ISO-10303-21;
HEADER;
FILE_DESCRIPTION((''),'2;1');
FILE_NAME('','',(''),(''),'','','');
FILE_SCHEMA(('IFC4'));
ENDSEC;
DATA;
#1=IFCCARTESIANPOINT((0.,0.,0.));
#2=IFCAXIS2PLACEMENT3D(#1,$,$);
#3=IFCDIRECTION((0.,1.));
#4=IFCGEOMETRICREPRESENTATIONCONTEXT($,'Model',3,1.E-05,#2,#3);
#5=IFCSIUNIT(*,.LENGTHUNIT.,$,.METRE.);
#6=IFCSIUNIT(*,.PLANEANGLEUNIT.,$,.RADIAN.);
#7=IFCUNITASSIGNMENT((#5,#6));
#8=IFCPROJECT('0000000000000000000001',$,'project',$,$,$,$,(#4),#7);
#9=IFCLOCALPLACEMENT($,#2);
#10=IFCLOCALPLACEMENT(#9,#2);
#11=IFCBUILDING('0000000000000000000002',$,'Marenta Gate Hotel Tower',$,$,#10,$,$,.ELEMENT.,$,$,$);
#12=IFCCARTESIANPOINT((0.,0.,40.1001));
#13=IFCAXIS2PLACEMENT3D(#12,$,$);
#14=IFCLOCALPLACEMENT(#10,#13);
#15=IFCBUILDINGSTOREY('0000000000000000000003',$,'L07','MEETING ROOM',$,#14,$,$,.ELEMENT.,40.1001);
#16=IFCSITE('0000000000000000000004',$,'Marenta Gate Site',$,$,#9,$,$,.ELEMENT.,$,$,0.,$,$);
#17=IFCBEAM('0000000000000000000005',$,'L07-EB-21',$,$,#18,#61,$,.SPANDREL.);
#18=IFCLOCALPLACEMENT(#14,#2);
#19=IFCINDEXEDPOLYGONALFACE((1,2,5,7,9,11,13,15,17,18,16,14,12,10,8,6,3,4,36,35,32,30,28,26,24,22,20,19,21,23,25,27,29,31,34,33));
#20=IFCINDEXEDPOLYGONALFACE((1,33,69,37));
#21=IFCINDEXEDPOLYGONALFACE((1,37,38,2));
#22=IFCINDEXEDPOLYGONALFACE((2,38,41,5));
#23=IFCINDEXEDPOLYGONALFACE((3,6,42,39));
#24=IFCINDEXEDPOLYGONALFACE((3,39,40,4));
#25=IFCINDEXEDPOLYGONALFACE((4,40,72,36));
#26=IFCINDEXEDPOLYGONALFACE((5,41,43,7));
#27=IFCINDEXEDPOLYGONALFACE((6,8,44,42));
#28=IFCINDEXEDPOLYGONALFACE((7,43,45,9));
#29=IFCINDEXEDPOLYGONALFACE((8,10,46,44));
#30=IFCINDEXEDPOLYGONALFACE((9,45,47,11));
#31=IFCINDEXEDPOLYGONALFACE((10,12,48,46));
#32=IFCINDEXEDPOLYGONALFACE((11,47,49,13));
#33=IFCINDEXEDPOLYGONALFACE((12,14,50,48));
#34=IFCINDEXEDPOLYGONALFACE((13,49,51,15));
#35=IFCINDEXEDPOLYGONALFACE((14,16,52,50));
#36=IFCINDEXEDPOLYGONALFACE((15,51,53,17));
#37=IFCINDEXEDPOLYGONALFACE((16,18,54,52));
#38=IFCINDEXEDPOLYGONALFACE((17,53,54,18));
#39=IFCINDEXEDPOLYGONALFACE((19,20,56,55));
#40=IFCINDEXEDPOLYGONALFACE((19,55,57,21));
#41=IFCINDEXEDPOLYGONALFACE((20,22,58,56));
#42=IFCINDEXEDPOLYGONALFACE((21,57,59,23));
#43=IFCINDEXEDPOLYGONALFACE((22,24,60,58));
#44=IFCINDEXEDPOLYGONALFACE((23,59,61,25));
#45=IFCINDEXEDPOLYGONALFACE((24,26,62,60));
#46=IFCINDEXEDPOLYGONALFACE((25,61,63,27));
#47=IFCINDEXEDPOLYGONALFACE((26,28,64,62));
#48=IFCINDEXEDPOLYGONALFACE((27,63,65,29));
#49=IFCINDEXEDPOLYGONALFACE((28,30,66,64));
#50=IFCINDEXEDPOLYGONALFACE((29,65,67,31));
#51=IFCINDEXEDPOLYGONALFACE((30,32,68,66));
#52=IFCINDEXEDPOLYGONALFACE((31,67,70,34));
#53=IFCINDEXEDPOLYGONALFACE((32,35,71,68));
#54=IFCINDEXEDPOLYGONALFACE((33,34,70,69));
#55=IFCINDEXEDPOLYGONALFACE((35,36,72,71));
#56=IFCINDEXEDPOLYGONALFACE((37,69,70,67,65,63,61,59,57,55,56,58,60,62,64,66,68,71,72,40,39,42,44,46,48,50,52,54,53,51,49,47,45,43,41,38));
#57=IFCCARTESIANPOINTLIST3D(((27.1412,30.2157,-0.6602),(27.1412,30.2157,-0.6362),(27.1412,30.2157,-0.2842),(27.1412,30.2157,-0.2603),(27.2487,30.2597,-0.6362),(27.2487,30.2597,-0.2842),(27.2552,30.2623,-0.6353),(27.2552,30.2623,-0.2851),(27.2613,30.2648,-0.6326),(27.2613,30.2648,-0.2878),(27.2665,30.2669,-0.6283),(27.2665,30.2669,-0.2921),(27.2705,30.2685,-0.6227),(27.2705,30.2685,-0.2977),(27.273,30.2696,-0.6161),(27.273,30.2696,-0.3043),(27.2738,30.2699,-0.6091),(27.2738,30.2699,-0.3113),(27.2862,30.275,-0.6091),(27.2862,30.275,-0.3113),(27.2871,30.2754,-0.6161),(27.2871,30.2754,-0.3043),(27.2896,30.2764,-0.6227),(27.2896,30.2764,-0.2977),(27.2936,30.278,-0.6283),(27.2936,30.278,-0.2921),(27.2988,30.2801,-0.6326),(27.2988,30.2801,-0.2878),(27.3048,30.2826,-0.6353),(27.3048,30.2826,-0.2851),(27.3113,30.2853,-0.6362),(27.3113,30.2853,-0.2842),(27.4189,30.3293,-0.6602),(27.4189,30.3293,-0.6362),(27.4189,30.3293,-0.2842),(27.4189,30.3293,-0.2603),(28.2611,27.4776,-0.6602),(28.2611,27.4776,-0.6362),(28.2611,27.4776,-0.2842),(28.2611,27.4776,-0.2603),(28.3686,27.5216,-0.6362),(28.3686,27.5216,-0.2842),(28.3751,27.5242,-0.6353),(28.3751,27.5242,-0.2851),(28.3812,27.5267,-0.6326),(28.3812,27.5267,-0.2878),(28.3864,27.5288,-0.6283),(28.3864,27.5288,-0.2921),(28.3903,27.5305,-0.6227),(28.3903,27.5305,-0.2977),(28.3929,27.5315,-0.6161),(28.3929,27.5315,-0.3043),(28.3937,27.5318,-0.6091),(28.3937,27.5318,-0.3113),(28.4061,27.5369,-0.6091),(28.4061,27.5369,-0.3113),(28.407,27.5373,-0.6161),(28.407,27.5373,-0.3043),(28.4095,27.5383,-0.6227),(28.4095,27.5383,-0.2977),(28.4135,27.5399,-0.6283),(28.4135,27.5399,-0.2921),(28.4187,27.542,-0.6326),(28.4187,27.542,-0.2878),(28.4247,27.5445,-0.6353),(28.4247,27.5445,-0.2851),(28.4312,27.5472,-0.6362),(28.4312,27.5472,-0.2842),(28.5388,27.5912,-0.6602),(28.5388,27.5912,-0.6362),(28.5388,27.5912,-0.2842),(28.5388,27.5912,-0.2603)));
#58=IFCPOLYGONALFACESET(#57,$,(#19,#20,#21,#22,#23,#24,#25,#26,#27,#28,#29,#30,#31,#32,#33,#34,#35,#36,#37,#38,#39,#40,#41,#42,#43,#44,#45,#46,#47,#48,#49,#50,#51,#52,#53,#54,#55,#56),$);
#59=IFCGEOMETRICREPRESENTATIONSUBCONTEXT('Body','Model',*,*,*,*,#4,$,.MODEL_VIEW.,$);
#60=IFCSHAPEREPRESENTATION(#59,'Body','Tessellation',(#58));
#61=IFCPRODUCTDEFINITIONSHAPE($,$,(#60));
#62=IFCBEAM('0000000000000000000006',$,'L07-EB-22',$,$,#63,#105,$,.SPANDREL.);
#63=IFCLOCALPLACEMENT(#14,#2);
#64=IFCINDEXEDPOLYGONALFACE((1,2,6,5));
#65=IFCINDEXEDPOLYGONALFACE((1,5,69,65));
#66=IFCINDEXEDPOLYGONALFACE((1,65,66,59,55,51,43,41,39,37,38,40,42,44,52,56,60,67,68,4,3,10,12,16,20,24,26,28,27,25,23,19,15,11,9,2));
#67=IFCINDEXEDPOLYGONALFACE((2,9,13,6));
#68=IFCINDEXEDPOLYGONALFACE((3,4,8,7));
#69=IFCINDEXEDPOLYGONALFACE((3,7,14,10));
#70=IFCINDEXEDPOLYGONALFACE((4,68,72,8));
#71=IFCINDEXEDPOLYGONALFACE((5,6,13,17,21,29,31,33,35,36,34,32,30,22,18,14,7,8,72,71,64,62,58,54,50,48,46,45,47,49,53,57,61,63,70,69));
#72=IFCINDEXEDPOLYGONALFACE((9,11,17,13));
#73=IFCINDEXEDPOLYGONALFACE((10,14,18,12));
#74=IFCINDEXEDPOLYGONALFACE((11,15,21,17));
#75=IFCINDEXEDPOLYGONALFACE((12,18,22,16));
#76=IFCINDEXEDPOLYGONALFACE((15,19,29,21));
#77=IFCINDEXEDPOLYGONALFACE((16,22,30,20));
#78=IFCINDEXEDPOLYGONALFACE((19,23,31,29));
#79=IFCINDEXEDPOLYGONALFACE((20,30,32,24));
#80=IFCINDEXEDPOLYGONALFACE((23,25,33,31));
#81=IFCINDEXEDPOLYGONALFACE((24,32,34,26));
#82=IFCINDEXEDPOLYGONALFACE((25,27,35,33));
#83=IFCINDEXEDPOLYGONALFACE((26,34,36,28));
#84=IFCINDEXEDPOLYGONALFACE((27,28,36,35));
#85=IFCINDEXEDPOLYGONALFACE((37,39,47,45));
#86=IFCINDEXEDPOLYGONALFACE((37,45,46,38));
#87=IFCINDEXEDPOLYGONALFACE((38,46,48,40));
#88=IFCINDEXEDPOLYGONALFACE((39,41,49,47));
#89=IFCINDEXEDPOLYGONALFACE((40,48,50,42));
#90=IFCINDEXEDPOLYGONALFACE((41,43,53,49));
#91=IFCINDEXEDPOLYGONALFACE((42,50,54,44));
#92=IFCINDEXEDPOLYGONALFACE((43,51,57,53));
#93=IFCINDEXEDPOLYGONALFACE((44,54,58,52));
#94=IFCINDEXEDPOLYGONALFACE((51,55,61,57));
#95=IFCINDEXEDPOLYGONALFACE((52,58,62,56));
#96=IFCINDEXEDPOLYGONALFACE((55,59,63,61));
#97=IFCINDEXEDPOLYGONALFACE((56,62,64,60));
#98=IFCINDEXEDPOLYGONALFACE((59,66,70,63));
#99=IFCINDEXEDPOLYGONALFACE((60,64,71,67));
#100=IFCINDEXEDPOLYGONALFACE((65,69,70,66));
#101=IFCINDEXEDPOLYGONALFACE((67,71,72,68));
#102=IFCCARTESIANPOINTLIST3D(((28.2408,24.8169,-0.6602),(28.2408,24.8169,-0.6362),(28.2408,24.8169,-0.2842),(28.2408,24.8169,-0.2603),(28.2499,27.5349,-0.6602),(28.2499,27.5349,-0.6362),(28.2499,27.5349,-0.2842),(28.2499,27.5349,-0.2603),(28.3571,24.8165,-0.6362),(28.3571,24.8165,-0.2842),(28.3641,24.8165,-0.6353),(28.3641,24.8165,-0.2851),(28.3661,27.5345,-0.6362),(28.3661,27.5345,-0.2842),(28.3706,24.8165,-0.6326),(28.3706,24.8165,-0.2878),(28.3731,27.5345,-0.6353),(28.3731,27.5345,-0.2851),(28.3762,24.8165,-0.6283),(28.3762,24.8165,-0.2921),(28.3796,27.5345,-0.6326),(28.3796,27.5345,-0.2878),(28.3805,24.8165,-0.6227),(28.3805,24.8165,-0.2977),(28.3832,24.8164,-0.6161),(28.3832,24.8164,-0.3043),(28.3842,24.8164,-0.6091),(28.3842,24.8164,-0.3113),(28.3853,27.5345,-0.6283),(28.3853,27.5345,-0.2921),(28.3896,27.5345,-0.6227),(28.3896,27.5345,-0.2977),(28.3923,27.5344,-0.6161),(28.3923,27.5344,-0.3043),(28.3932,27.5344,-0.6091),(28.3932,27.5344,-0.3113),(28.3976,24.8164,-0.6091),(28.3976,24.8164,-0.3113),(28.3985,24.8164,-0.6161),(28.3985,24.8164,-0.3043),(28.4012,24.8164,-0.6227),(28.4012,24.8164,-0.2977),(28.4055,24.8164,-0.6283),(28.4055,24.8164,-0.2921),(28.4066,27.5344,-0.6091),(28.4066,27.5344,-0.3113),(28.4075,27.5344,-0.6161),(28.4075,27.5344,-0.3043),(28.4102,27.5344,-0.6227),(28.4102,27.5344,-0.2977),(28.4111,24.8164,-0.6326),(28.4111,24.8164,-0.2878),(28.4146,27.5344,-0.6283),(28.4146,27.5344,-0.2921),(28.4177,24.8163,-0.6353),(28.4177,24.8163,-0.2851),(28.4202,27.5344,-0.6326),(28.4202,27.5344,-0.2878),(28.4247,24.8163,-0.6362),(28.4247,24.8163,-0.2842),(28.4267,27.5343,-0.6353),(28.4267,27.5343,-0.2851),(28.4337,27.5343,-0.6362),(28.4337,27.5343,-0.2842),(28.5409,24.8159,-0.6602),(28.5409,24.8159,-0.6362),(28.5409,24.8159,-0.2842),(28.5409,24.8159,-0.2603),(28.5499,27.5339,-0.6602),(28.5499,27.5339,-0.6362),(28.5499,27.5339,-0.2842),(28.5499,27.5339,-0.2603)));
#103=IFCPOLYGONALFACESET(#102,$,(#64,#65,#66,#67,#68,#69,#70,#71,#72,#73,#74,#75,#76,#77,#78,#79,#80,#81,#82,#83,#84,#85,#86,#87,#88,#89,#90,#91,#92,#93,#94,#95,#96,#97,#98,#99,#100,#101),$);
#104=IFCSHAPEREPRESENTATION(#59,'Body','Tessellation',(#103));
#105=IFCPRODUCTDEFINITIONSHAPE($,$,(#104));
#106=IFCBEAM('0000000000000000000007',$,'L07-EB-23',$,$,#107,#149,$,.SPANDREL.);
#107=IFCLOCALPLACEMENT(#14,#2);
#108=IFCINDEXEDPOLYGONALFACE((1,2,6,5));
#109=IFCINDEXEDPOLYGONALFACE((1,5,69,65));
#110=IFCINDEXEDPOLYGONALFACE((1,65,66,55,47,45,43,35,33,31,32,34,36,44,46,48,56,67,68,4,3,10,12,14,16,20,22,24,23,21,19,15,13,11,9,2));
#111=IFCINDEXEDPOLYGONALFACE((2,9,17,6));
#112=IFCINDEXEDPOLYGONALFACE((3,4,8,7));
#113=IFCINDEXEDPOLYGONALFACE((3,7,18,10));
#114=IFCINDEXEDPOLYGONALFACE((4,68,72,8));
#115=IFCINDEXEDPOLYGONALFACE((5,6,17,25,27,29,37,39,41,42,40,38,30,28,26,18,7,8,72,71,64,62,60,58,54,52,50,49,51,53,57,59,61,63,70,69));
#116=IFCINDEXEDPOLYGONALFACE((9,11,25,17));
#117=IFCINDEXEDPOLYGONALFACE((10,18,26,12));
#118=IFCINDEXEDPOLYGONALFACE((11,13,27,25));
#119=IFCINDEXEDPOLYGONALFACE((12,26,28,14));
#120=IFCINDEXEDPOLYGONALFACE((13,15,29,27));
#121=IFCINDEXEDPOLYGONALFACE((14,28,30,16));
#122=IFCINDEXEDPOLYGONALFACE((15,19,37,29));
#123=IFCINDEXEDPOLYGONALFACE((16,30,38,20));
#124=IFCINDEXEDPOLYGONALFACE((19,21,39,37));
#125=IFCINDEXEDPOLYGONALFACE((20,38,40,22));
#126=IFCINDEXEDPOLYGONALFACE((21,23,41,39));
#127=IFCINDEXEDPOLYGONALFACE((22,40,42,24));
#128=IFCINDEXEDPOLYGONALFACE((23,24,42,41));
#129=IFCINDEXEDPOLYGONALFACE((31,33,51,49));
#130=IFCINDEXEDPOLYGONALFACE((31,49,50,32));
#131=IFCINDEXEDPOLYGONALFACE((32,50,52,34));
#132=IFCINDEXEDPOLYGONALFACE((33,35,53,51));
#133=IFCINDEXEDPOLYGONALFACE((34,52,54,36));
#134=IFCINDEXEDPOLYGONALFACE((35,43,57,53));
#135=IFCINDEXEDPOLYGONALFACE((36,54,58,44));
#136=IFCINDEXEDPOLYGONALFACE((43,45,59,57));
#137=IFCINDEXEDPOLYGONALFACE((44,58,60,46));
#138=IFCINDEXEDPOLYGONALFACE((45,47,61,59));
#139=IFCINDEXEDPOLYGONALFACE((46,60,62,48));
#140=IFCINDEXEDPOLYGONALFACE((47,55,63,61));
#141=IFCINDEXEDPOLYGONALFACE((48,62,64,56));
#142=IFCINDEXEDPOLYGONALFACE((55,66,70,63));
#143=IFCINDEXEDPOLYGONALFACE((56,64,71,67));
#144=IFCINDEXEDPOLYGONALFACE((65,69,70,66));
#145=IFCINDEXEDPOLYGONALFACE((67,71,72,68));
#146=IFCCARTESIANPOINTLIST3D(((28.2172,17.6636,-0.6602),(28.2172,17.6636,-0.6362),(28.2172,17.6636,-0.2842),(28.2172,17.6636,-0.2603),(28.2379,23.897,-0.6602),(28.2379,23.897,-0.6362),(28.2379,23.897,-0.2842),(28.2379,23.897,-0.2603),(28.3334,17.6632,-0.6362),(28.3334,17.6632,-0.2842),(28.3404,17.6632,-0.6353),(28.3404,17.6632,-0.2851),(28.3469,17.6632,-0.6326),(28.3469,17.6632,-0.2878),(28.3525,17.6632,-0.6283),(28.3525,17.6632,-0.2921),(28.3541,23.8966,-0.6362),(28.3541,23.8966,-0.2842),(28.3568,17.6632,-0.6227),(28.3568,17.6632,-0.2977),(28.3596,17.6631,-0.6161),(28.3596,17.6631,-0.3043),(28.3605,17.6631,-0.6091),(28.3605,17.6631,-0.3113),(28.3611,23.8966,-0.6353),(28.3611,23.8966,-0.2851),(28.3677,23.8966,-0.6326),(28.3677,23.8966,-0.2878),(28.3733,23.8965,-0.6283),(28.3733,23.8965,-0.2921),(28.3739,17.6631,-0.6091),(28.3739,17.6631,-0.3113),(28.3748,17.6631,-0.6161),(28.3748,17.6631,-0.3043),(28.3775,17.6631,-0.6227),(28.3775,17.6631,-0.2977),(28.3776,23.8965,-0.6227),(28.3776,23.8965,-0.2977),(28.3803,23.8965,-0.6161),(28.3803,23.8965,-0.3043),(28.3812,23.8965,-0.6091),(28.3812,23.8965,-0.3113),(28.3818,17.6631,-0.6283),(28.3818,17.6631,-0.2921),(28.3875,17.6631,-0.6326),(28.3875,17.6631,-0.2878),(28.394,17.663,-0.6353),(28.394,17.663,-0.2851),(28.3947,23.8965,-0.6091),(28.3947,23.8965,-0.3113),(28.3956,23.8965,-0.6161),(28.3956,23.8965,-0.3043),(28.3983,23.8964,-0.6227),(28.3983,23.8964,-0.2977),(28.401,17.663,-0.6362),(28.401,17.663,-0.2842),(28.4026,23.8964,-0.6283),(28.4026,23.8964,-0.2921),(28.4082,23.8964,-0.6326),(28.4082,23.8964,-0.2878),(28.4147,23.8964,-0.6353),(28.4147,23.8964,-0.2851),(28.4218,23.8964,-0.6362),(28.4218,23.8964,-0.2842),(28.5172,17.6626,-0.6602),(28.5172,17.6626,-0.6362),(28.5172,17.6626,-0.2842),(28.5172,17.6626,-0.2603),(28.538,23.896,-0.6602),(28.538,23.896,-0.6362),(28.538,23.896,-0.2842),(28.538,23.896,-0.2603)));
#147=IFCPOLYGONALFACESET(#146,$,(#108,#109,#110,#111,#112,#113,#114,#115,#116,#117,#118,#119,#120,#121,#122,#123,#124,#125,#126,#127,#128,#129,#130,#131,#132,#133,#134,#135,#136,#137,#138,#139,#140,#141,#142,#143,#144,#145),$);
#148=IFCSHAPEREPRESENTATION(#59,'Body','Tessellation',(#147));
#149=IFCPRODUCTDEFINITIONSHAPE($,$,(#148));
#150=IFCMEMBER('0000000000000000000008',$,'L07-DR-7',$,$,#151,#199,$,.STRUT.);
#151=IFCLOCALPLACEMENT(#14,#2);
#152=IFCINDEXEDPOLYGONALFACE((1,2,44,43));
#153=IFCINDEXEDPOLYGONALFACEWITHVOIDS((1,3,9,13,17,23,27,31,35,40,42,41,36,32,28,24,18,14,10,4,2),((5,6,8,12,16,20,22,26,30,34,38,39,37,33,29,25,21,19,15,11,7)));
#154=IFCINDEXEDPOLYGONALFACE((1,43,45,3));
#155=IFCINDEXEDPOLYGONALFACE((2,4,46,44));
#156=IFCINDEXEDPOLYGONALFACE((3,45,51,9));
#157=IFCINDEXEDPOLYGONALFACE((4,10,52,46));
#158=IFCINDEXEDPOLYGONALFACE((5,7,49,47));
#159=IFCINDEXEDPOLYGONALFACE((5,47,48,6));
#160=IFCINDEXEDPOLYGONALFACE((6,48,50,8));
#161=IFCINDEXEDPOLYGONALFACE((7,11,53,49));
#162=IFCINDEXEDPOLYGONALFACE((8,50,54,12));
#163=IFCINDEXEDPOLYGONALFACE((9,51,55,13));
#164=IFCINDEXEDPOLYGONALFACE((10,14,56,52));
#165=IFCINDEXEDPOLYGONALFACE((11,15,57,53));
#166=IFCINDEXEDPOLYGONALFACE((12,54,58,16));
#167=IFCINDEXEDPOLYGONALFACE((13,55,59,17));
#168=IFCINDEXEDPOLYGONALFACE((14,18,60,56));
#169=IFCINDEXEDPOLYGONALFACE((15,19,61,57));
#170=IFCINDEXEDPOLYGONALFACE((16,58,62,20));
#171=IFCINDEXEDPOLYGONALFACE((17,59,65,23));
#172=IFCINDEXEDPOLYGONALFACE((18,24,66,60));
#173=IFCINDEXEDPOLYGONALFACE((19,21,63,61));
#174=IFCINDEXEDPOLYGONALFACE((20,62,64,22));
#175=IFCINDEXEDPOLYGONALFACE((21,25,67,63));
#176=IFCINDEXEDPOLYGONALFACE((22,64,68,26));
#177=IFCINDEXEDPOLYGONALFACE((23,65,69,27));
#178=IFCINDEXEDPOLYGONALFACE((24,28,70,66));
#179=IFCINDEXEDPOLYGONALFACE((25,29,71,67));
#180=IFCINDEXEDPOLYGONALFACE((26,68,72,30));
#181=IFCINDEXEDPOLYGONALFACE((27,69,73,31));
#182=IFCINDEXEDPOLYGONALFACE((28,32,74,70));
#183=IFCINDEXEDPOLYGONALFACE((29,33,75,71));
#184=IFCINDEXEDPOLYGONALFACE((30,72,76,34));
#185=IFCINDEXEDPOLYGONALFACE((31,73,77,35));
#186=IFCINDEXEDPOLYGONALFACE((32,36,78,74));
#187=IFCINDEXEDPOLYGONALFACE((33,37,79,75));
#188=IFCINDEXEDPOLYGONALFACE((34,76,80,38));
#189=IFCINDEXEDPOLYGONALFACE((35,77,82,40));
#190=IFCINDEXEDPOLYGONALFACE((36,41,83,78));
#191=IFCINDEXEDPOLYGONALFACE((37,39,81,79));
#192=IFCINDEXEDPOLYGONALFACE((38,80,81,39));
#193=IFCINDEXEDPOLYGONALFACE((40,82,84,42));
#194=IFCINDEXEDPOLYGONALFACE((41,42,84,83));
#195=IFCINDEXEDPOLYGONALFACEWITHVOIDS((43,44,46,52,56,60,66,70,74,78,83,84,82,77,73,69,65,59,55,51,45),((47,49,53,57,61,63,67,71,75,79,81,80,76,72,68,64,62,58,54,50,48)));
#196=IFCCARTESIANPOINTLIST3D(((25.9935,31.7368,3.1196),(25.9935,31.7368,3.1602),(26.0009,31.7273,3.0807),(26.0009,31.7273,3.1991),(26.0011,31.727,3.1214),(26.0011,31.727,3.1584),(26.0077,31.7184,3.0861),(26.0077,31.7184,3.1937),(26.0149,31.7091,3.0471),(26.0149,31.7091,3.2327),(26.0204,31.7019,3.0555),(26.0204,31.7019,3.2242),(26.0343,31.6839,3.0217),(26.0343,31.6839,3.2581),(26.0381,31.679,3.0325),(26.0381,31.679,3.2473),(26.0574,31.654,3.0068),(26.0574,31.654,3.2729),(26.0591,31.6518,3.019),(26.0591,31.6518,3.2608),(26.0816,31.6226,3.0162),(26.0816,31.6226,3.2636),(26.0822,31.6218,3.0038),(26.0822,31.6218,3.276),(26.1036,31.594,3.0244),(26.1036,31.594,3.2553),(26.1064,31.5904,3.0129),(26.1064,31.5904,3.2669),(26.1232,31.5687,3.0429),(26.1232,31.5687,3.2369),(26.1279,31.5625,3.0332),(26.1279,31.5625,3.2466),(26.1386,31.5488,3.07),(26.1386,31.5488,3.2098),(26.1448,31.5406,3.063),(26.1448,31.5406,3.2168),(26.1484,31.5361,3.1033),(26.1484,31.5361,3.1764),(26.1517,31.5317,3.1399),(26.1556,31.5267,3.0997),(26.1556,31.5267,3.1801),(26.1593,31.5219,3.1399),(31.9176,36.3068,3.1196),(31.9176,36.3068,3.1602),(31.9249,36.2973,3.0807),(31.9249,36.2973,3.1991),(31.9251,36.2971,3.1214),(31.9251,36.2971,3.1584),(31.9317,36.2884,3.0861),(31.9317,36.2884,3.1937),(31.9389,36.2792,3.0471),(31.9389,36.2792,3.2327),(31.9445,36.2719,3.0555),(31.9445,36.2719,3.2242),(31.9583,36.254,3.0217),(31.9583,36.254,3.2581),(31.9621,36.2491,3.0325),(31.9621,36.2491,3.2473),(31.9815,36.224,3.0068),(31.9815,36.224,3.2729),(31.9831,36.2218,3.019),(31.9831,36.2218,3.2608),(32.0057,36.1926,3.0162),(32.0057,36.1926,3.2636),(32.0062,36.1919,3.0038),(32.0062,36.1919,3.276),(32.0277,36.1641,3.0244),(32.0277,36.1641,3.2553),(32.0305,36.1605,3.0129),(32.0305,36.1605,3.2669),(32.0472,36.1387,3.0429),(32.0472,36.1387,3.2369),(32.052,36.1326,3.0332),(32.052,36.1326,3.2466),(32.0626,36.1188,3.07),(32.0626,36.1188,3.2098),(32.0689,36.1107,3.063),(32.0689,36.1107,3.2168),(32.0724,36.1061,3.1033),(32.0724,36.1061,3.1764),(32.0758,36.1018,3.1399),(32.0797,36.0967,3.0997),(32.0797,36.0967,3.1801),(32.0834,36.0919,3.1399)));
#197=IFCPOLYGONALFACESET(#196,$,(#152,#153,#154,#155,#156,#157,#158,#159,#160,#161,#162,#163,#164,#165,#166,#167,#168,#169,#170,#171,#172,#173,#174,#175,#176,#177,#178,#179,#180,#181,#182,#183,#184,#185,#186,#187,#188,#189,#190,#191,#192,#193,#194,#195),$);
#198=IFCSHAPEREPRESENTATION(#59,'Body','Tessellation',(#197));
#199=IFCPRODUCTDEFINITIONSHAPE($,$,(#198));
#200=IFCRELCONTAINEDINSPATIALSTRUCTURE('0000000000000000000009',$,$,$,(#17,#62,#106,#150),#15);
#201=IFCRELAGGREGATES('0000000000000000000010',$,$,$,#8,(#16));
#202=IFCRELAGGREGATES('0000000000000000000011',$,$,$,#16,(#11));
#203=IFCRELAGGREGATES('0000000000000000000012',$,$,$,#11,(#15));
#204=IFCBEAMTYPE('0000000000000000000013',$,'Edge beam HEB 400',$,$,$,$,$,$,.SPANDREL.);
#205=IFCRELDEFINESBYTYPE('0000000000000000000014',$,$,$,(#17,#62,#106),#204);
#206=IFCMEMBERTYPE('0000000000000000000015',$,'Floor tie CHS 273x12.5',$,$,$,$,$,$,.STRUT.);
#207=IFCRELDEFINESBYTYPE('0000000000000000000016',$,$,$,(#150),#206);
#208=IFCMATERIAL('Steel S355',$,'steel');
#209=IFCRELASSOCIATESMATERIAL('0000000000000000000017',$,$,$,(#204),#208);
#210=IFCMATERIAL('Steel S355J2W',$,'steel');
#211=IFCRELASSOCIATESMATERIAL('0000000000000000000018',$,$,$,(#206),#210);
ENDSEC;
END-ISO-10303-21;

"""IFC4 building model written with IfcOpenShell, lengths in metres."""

from ifc_helpers import new_model, si_unit, direction, frame, origin, origin_2d, place, context, subcontext, project, spatial, hollow_circle, i_section, extrude, material, material_profile, profile_set, type_object, element, save


model = new_model("IFC4")

# Units and contexts
model_context = context("Model", 3, precision=1e-05, world=origin(), true_north=direction((0.0, 1.0)))
body_context = subcontext(model_context, "Body", "Model", "MODEL_VIEW")
ifc_project = project(units=[si_unit("LENGTHUNIT", "METRE"), si_unit("PLANEANGLEUNIT", "RADIAN")], contexts=[model_context])

# Site, building, storey
site_placement = place(None, origin())
site = spatial("IfcSite", under=ifc_project, at=site_placement, Name="Marenta Gate Site", CompositionType="ELEMENT", RefElevation=0.0)
building_placement = place(site_placement, origin())
building = spatial("IfcBuilding", under=site, at=building_placement, Name="Marenta Gate Hotel Tower", CompositionType="ELEMENT")
storey_placement = place(building_placement, frame((0.0, 0.0, 40.1001)))
storey = spatial("IfcBuildingStorey", under=building, at=storey_placement, Name="L07", Description="MEETING ROOM", CompositionType="ELEMENT", Elevation=40.1001)

# Beams
ifc_material_1 = material(Name="Steel S355", Category="steel")
ifc_material_profile_1 = material_profile(ifc_material_1, i_section(OverallWidth=0.3, OverallDepth=0.3999, WebThickness=0.0134, FlangeThickness=0.0239, FilletRadius=0.0271, at=origin_2d()), Name="HEB 400")
ifc_profile_set_1 = profile_set([ifc_material_profile_1], Name="Steel S355")
beam_type = type_object("IfcBeamType", Name="Edge beam HEB 400", PredefinedType="SPANDREL", material=ifc_profile_set_1)
beam_1_placement = place(storey_placement, frame((27.28, 30.2725, -0.4602), z_axis=(0.378565, -0.925575, 0.0), x_axis=(0.925575, 0.378565, 0.0)))
element("IfcBeam", 1, at=beam_1_placement, inside=storey, type_object=beam_type, Name="L07-EB-21", PredefinedType="SPANDREL", context=body_context, shape_type="SweptSolid", body=[
    extrude(i_section(OverallWidth=0.3, OverallDepth=0.3999, WebThickness=0.0134, FlangeThickness=0.0239, FilletRadius=0.0271, at=origin_2d()), origin(), (0.0, 0.0, 1.0), 2.9583),
])
beam_2_placement = place(storey_placement, frame((28.3999, 27.5344, -0.4602), z_axis=(-0.003323, -0.999994, 0.0), x_axis=(0.999994, -0.003323, 0.0)))
element("IfcBeam", 2, at=beam_2_placement, inside=storey, type_object=beam_type, Name="L07-EB-22", PredefinedType="SPANDREL", context=body_context, shape_type="SweptSolid", body=[
    extrude(i_section(OverallWidth=0.3, OverallDepth=0.3999, WebThickness=0.0134, FlangeThickness=0.0239, FilletRadius=0.0271, at=origin_2d()), origin(), (0.0, 0.0, 1.0), 2.718),
])
beam_3_placement = place(storey_placement, frame((28.3879, 23.8965, -0.4602), z_axis=(-0.003329, -0.999994, 0.0), x_axis=(0.999994, -0.003329, 0.0)))
element("IfcBeam", 3, at=beam_3_placement, inside=storey, type_object=beam_type, Name="L07-EB-23", PredefinedType="SPANDREL", context=body_context, shape_type="SweptSolid", body=[
    extrude(i_section(OverallWidth=0.3, OverallDepth=0.3999, WebThickness=0.0134, FlangeThickness=0.0239, FilletRadius=0.0271, at=origin_2d()), origin(), (0.0, 0.0, 1.0), 6.2334),
])

# Member
ifc_material_2 = material(Name="Steel S355J2W", Category="steel")
ifc_material_profile_2 = material_profile(ifc_material_2, hollow_circle(Radius=0.1365, WallThickness=0.0125, at=origin_2d()), Name="CHS 273x12.5")
ifc_profile_set_2 = profile_set([ifc_material_profile_2], Name="Steel S355J2W")
member_type_1 = type_object("IfcMemberType", Name="Floor tie CHS 273x12.5", PredefinedType="STRUT", material=ifc_profile_set_2)
member_1_placement = place(storey_placement, frame((32.0, 36.2, 3.1399), z_axis=(-0.791778, -0.610809, 0.0), x_axis=(0.610809, -0.791778, 0.0)))
element("IfcMember", 4, at=member_1_placement, inside=storey, type_object=member_type_1, Name="L07-DR-7", PredefinedType="STRUT", context=body_context, shape_type="SweptSolid", body=[
    extrude(hollow_circle(Radius=0.1365, WallThickness=0.0125, at=origin_2d()), origin(), (0.0, 0.0, 1.0), 7.4819),
])

save(model, "model.ifc")
